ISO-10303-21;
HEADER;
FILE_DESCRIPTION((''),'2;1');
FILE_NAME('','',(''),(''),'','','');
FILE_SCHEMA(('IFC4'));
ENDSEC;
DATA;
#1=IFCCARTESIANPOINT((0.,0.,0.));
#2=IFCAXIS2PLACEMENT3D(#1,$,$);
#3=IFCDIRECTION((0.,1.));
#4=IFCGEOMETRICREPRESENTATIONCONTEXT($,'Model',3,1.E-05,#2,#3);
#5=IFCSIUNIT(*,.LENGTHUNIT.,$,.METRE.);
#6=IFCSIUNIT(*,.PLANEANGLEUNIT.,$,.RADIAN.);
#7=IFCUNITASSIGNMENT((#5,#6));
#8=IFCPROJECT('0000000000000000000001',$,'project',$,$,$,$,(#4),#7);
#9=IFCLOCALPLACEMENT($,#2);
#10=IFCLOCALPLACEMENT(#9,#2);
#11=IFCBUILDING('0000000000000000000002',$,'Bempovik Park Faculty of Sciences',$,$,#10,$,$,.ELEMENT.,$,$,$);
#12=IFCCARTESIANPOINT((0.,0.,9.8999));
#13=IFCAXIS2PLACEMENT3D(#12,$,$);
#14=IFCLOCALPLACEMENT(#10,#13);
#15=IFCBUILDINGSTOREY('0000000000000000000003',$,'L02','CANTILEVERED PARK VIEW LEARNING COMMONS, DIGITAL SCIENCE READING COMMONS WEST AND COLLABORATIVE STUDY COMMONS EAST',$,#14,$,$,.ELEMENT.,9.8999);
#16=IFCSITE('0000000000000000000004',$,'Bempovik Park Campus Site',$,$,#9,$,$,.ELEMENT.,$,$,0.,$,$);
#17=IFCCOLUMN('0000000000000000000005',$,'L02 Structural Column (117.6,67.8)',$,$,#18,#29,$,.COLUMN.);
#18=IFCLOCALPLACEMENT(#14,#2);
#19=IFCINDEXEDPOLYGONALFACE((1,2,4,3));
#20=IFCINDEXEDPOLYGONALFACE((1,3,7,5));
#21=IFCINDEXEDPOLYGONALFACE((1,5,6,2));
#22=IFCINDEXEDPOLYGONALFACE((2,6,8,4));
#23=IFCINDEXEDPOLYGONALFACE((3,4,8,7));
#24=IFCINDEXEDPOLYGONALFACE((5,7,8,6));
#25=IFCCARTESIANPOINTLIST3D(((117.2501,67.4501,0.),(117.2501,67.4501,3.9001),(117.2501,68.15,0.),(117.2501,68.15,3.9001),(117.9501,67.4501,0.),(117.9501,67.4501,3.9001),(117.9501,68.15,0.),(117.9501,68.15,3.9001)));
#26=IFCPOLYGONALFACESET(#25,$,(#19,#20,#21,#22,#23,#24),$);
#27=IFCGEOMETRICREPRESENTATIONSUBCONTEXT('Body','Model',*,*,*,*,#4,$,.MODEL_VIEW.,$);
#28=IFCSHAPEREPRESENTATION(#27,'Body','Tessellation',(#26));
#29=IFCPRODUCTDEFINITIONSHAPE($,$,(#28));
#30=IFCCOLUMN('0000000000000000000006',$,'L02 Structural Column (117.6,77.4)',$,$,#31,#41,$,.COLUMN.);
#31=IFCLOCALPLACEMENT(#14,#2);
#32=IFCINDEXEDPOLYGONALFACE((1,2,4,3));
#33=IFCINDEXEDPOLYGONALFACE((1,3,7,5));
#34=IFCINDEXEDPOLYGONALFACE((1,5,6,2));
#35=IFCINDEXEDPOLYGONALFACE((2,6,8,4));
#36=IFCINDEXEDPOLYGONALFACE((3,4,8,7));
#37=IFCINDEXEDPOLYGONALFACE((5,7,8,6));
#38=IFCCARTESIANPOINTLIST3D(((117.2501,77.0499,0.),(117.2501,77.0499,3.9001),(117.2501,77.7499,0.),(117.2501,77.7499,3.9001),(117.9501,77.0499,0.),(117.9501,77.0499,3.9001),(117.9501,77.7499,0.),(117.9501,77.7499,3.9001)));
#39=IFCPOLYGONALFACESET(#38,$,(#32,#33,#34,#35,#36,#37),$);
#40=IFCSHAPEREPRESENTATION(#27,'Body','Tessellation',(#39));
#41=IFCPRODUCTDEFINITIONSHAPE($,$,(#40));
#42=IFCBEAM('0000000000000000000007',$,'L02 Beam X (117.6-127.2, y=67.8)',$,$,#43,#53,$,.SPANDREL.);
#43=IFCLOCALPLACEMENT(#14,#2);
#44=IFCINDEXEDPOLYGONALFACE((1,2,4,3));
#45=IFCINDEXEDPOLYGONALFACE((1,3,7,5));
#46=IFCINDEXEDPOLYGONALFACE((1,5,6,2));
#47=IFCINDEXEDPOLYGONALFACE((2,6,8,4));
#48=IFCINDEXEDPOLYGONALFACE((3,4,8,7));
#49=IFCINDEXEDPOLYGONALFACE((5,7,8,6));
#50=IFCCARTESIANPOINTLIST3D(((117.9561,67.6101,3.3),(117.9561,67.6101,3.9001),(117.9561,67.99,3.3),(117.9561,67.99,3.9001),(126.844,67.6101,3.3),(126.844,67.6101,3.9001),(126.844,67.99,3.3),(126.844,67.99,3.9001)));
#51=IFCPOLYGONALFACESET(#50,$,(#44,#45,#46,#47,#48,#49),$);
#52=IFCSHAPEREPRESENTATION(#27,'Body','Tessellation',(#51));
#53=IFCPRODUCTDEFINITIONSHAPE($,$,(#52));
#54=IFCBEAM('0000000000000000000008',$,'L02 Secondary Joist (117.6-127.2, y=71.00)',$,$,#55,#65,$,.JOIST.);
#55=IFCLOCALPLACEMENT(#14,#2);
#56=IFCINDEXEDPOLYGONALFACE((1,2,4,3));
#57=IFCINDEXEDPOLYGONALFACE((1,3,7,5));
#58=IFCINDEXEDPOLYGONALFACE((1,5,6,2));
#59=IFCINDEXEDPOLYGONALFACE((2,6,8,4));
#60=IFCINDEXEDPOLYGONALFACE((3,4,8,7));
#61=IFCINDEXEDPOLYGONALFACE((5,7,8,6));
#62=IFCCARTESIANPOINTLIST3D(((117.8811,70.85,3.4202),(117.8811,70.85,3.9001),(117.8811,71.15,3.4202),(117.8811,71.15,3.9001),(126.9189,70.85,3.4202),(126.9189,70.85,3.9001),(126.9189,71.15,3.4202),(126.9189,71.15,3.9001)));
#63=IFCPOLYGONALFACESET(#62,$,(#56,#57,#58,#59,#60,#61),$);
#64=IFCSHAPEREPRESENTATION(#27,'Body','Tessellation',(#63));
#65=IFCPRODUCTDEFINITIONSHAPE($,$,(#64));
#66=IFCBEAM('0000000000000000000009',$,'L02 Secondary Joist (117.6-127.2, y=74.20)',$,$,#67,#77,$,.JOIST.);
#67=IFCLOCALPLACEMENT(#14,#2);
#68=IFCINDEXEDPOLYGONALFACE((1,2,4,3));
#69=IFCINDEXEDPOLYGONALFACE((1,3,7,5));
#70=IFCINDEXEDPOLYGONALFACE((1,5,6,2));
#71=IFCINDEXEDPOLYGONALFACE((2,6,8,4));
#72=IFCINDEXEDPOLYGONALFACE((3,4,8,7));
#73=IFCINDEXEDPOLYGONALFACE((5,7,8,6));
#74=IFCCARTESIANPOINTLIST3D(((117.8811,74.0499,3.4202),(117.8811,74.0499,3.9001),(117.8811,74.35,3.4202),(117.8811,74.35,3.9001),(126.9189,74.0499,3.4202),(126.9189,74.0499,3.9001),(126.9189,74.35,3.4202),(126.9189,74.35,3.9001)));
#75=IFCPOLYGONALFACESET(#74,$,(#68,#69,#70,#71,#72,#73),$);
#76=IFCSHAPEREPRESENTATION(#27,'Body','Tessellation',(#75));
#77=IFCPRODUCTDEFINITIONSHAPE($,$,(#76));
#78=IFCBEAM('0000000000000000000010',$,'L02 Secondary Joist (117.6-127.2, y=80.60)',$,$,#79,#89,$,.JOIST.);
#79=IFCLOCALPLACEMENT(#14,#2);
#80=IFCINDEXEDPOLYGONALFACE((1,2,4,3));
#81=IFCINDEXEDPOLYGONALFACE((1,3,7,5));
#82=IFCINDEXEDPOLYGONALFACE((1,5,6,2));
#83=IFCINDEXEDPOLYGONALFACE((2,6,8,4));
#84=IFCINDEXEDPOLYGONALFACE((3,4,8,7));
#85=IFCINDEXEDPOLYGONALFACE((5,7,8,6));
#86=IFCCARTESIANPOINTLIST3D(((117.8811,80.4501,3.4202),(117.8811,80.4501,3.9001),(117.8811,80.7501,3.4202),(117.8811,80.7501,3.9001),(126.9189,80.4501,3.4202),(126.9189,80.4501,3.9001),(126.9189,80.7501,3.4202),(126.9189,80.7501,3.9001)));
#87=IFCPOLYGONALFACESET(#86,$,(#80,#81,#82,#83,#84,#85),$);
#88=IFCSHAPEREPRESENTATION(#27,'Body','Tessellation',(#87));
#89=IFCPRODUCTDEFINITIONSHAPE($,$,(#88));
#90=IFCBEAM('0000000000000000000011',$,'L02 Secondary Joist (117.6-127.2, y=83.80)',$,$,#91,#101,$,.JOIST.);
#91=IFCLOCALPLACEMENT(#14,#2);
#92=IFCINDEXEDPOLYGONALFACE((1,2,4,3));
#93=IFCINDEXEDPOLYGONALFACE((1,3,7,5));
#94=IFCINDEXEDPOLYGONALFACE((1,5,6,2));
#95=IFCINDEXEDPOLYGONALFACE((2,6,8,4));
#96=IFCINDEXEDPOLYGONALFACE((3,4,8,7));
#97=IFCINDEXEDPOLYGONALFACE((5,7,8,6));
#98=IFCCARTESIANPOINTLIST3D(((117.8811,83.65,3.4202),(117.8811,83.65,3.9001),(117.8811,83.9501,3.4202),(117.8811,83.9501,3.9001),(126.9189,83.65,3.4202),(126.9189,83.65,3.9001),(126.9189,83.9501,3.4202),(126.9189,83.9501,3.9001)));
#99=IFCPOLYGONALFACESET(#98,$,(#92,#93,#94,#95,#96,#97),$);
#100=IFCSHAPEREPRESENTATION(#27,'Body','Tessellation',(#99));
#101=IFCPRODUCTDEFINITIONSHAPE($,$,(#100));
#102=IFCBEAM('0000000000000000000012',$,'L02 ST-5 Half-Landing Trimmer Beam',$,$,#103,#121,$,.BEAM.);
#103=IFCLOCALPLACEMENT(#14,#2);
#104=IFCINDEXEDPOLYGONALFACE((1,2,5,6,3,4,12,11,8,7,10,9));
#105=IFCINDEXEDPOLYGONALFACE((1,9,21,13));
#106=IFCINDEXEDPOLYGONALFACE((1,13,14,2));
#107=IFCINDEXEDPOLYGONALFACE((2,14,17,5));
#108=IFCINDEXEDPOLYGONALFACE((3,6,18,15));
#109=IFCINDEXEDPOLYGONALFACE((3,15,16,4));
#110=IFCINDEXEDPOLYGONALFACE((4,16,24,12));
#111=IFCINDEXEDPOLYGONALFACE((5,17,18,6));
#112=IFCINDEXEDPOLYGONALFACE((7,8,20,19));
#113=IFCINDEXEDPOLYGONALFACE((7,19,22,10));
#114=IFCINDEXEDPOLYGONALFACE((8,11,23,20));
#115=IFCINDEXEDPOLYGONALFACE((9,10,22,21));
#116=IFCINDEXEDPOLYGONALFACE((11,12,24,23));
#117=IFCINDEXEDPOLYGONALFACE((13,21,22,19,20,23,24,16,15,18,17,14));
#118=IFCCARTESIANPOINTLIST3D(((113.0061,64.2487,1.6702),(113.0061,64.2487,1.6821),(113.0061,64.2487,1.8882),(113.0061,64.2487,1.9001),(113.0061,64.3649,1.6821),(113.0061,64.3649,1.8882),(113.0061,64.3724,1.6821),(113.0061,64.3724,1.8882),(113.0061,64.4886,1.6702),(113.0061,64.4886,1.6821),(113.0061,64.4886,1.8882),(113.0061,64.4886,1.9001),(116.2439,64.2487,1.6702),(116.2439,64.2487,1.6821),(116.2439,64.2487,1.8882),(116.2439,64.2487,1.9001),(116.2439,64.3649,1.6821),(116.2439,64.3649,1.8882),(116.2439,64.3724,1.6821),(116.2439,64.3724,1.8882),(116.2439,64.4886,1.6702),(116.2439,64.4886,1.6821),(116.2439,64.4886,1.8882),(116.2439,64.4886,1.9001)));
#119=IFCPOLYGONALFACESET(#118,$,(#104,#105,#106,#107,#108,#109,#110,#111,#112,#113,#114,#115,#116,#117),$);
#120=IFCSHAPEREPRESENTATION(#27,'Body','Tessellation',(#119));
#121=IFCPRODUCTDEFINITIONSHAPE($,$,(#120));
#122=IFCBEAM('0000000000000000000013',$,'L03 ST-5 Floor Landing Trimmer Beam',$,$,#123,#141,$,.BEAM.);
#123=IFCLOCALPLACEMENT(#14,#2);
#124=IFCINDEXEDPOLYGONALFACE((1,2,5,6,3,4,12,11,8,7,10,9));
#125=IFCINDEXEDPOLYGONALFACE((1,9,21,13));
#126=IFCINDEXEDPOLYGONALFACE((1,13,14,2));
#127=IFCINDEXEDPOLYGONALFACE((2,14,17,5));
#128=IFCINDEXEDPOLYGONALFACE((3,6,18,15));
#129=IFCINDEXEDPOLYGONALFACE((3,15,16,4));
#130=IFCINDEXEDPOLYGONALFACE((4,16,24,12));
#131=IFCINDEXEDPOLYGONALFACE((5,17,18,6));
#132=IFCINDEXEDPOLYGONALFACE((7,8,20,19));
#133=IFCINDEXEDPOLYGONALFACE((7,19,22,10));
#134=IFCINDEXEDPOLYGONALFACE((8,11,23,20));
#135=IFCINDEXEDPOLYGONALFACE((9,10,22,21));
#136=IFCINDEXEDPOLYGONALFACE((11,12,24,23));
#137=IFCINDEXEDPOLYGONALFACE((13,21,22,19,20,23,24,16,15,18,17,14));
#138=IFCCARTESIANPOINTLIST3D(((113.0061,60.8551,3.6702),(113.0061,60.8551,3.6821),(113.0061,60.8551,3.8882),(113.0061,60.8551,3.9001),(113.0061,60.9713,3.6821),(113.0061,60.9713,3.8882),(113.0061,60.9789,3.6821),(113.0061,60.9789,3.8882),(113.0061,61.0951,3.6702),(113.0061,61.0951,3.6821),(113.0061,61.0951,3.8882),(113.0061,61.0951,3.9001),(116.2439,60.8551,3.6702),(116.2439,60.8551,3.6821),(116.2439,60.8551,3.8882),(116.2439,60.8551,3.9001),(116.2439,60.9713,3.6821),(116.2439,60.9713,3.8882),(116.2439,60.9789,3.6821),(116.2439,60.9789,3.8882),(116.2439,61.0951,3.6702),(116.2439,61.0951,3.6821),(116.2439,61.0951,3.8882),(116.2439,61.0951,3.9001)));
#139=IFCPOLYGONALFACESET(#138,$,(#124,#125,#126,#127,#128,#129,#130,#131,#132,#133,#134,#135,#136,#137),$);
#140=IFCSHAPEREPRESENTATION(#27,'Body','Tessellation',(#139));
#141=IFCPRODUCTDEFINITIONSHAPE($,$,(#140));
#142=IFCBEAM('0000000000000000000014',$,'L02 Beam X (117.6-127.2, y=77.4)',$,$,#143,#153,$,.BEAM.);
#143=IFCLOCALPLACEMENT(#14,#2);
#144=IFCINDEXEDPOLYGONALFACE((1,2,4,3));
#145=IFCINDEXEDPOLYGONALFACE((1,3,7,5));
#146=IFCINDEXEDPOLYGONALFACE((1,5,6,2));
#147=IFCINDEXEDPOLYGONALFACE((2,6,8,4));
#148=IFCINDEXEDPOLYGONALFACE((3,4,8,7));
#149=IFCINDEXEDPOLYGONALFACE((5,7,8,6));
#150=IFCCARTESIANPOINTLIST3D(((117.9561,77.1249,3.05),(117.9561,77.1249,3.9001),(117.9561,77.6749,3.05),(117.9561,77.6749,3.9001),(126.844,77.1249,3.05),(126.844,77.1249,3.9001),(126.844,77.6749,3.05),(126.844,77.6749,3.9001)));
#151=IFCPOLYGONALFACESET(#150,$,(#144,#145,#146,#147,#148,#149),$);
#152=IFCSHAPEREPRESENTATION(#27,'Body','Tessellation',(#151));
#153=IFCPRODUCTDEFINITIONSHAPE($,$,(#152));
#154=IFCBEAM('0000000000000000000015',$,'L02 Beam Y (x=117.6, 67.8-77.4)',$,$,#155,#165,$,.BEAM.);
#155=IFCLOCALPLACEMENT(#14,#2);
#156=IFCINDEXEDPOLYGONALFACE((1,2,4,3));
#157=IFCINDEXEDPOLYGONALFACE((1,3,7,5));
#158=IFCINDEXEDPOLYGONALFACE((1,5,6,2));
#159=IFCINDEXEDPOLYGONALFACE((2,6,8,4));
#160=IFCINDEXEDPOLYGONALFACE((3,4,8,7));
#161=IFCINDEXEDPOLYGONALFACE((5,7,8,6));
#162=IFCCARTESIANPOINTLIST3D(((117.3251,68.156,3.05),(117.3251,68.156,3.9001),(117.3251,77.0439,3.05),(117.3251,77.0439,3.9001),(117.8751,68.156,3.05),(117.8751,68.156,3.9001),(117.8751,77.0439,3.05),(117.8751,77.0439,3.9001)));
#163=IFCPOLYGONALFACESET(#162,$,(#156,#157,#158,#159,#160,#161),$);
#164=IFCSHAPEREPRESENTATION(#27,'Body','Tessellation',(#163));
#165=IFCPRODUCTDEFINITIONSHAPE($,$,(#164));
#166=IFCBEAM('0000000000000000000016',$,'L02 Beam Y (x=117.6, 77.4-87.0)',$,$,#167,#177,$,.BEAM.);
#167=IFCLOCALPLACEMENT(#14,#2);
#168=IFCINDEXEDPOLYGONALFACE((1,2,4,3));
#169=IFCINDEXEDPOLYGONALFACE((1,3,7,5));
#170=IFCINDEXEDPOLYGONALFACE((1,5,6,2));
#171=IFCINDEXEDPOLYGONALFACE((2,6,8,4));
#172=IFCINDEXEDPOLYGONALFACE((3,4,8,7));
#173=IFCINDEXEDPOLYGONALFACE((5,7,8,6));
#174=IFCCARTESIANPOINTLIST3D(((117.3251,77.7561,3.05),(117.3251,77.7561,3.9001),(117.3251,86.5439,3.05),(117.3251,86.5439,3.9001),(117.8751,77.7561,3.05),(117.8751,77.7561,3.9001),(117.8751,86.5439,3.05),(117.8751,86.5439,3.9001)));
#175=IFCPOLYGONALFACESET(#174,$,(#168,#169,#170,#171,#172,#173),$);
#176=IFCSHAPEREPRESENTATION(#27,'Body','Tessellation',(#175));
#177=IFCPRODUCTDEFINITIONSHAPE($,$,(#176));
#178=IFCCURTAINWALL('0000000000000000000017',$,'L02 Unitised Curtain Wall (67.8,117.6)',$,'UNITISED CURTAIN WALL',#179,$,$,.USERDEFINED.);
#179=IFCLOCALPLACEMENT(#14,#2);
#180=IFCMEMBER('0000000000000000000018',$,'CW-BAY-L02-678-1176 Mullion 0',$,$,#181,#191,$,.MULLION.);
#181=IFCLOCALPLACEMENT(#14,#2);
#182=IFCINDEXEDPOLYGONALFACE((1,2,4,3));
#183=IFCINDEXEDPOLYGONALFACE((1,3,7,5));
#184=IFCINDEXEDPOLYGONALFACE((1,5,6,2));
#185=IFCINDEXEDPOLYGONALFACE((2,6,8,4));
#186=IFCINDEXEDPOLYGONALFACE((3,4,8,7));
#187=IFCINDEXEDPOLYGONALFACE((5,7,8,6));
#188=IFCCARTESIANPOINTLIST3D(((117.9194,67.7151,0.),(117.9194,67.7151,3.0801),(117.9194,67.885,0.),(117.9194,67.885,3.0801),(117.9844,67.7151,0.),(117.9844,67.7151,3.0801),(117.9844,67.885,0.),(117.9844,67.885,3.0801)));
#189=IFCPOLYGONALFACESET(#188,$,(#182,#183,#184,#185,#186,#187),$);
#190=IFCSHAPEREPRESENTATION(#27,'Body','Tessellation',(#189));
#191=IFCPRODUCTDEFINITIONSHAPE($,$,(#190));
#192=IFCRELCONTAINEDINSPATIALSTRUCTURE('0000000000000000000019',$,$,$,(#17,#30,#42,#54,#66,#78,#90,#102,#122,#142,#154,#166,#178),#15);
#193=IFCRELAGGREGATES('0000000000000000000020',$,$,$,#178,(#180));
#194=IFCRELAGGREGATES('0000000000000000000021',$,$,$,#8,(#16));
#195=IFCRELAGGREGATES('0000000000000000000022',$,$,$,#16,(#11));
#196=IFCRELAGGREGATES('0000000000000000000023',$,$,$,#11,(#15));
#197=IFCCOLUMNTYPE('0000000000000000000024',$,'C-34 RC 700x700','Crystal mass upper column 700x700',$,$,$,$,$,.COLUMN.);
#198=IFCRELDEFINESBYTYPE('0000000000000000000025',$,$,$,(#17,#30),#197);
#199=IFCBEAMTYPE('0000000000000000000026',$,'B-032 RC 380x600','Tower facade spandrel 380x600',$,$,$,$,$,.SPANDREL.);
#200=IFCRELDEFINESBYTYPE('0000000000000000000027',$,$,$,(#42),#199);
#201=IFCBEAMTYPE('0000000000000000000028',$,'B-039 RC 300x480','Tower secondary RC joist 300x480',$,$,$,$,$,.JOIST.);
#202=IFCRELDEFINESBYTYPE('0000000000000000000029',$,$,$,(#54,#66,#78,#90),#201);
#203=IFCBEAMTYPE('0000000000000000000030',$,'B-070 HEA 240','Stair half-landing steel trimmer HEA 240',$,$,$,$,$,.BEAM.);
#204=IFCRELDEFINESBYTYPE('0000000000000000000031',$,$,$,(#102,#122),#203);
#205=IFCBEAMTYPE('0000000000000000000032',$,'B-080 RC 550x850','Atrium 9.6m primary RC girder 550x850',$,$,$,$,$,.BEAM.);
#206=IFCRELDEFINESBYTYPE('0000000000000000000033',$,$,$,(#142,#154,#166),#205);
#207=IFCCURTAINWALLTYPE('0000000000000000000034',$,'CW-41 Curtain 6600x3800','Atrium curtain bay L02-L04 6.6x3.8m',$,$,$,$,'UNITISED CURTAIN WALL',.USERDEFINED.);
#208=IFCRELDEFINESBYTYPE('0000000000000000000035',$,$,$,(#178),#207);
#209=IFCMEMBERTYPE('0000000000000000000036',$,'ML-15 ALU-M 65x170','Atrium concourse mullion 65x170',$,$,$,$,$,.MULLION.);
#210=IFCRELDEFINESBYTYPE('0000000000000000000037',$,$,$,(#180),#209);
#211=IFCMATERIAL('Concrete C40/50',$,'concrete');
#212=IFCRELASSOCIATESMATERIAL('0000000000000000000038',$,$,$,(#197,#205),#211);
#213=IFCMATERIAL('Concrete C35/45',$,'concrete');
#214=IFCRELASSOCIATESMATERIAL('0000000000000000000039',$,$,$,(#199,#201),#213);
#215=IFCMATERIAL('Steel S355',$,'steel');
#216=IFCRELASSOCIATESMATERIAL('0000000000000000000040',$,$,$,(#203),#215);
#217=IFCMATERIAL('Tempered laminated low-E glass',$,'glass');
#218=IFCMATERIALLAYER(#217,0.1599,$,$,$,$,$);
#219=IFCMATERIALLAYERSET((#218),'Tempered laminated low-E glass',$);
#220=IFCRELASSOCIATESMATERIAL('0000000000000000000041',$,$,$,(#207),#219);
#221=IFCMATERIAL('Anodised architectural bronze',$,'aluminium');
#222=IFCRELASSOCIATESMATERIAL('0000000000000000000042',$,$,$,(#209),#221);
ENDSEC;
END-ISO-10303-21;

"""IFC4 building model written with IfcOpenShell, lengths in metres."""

from ifc_helpers import new_model, si_unit, direction, frame, origin, origin_2d, place, context, subcontext, project, spatial, rectangle, i_section, extrude, material, layer, layer_set, material_profile, profile_set, type_object, element, aggregate, save


model = new_model("IFC4")

# Units and contexts
model_context = context("Model", 3, precision=1e-05, world=origin(), true_north=direction((0.0, 1.0)))
body_context = subcontext(model_context, "Body", "Model", "MODEL_VIEW")
ifc_project = project(units=[si_unit("LENGTHUNIT", "METRE"), si_unit("PLANEANGLEUNIT", "RADIAN")], contexts=[model_context])

# Site, building, storey
site_placement = place(None, origin())
site = spatial("IfcSite", under=ifc_project, at=site_placement, Name="Bempovik Park Campus Site", CompositionType="ELEMENT", RefElevation=0.0)
building_placement = place(site_placement, origin())
building = spatial("IfcBuilding", under=site, at=building_placement, Name="Bempovik Park Faculty of Sciences", CompositionType="ELEMENT")
storey_placement = place(building_placement, frame((0.0, 0.0, 9.8999)))
storey = spatial("IfcBuildingStorey", under=building, at=storey_placement, Name="L02", Description="CANTILEVERED PARK VIEW LEARNING COMMONS, DIGITAL SCIENCE READING COMMONS WEST AND COLLABORATIVE STUDY COMMONS EAST", CompositionType="ELEMENT", Elevation=9.8999)

# Columns
ifc_material_1 = material(Name="Concrete C40/50", Category="concrete")
ifc_material_profile_1 = material_profile(ifc_material_1, rectangle(XDim=0.7, YDim=0.7, at=origin_2d()), Name="RC 700x700")
ifc_profile_set_1 = profile_set([ifc_material_profile_1], Name="Concrete C40/50")
column_type = type_object("IfcColumnType", Name="C-34 RC 700x700", Description="Crystal mass upper column 700x700", PredefinedType="COLUMN", material=ifc_profile_set_1)
for number, where, z_axis, x_axis, name in (
    (1, (117.6001, 67.8, 0.0), (0.0, 0.0, 1.0), (1.0, 0.0, 0.0), "L02 Structural Column (117.6,67.8)"),
    (2, (117.6001, 77.3999, 0.0), (0.0, 0.0, 1.0), (1.0, 0.0, 0.0), "L02 Structural Column (117.6,77.4)"),
):
    element("IfcColumn", number, at=place(storey_placement, frame(where, z_axis=z_axis, x_axis=x_axis)), inside=storey, type_object=column_type, Name=name, PredefinedType="COLUMN", context=body_context, shape_type="SweptSolid", body=[
        extrude(rectangle(XDim=0.7, YDim=0.7, at=origin_2d()), origin(), (0.0, 0.0, 1.0), 3.9001),
    ])

# Beams
ifc_material_2 = material(Name="Concrete C35/45", Category="concrete")
ifc_material_profile_2 = material_profile(ifc_material_2, rectangle(XDim=0.3799, YDim=0.6001, at=origin_2d()), Name="RC 380x600")
ifc_profile_set_2 = profile_set([ifc_material_profile_2], Name="Concrete C35/45")
beam_type_1 = type_object("IfcBeamType", Name="B-032 RC 380x600", Description="Tower facade spandrel 380x600", PredefinedType="SPANDREL", material=ifc_profile_set_2)
beam_1_placement = place(storey_placement, frame((117.9561, 67.8, 3.6001), z_axis=(1.0, 0.0, 0.0), x_axis=(0.0, 1.0, 0.0)))
element("IfcBeam", 3, at=beam_1_placement, inside=storey, type_object=beam_type_1, Name="L02 Beam X (117.6-127.2, y=67.8)", PredefinedType="SPANDREL", context=body_context, shape_type="SweptSolid", body=[
    extrude(rectangle(XDim=0.3799, YDim=0.6001, at=origin_2d()), origin(), (0.0, 0.0, 1.0), 8.8879),
])
ifc_material_profile_3 = material_profile(ifc_material_2, rectangle(XDim=0.3, YDim=0.48, at=origin_2d()), Name="RC 300x480")
ifc_profile_set_3 = profile_set([ifc_material_profile_3], Name="Concrete C35/45")
beam_type_2 = type_object("IfcBeamType", Name="B-039 RC 300x480", Description="Tower secondary RC joist 300x480", PredefinedType="JOIST", material=ifc_profile_set_3)
for number, where, z_axis, x_axis, name in (
    (4, (117.8811, 71.0, 3.6602), (1.0, 0.0, 0.0), (0.0, 1.0, 0.0), "L02 Secondary Joist (117.6-127.2, y=71.00)"),
    (5, (117.8811, 74.2, 3.6602), (1.0, 0.0, 0.0), (0.0, 1.0, 0.0), "L02 Secondary Joist (117.6-127.2, y=74.20)"),
    (6, (117.8811, 80.6001, 3.6602), (1.0, 0.0, 0.0), (0.0, 1.0, 0.0), "L02 Secondary Joist (117.6-127.2, y=80.60)"),
    (7, (117.8811, 83.8, 3.6602), (1.0, 0.0, 0.0), (0.0, 1.0, 0.0), "L02 Secondary Joist (117.6-127.2, y=83.80)"),
):
    element("IfcBeam", number, at=place(storey_placement, frame(where, z_axis=z_axis, x_axis=x_axis)), inside=storey, type_object=beam_type_2, Name=name, PredefinedType="JOIST", context=body_context, shape_type="SweptSolid", body=[
        extrude(rectangle(XDim=0.3, YDim=0.48, at=origin_2d()), origin(), (0.0, 0.0, 1.0), 9.0378),
    ])
ifc_material_3 = material(Name="Steel S355", Category="steel")
ifc_material_profile_4 = material_profile(ifc_material_3, i_section(OverallWidth=0.24, OverallDepth=0.23, WebThickness=0.0076, FlangeThickness=0.012, at=origin_2d()), Name="HEA 240")
ifc_profile_set_4 = profile_set([ifc_material_profile_4], Name="Steel S355")
beam_type_3 = type_object("IfcBeamType", Name="B-070 HEA 240", Description="Stair half-landing steel trimmer HEA 240", PredefinedType="BEAM", material=ifc_profile_set_4)
for number, where, z_axis, x_axis, name in (
    (8, (113.0061, 64.3687, 1.7852), (1.0, 0.0, 0.0), (0.0, 1.0, 0.0), "L02 ST-5 Half-Landing Trimmer Beam"),
    (9, (113.0061, 60.9751, 3.7852), (1.0, 0.0, 0.0), (0.0, 1.0, 0.0), "L03 ST-5 Floor Landing Trimmer Beam"),
):
    element("IfcBeam", number, at=place(storey_placement, frame(where, z_axis=z_axis, x_axis=x_axis)), inside=storey, type_object=beam_type_3, Name=name, PredefinedType="BEAM", context=body_context, shape_type="SweptSolid", body=[
        extrude(i_section(OverallWidth=0.24, OverallDepth=0.23, WebThickness=0.0076, FlangeThickness=0.012, at=origin_2d()), origin(), (0.0, 0.0, 1.0), 3.2378),
    ])
ifc_material_profile_5 = material_profile(ifc_material_1, rectangle(XDim=0.55, YDim=0.8501, at=origin_2d()), Name="RC 550x850")
ifc_profile_set_5 = profile_set([ifc_material_profile_5], Name="Concrete C40/50")
beam_type_4 = type_object("IfcBeamType", Name="B-080 RC 550x850", Description="Atrium 9.6m primary RC girder 550x850", PredefinedType="BEAM", material=ifc_profile_set_5)
for number, where, z_axis, x_axis, name in (
    (10, (117.9561, 77.3999, 3.4751), (1.0, 0.0, 0.0), (0.0, 1.0, 0.0), "L02 Beam X (117.6-127.2, y=77.4)"),
    (11, (117.6001, 68.156, 3.4751), (0.0, 1.0, 0.0), (-1.0, 0.0, 0.0), "L02 Beam Y (x=117.6, 67.8-77.4)"),
):
    element("IfcBeam", number, at=place(storey_placement, frame(where, z_axis=z_axis, x_axis=x_axis)), inside=storey, type_object=beam_type_4, Name=name, PredefinedType="BEAM", context=body_context, shape_type="SweptSolid", body=[
        extrude(rectangle(XDim=0.55, YDim=0.8501, at=origin_2d()), origin(), (0.0, 0.0, 1.0), 8.8879),
    ])
beam_2_placement = place(storey_placement, frame((117.6001, 77.7561, 3.4751), z_axis=(0.0, 1.0, 0.0), x_axis=(-1.0, 0.0, 0.0)))
element("IfcBeam", 12, at=beam_2_placement, inside=storey, type_object=beam_type_4, Name="L02 Beam Y (x=117.6, 77.4-87.0)", PredefinedType="BEAM", context=body_context, shape_type="SweptSolid", body=[
    extrude(rectangle(XDim=0.55, YDim=0.8501, at=origin_2d()), origin(), (0.0, 0.0, 1.0), 8.7878),
])

# Curtain wall, member
ifc_material_4 = material(Name="Tempered laminated low-E glass", Category="glass")
ifc_layer_1 = layer(ifc_material_4, 0.1599)
ifc_layer_set_1 = layer_set([ifc_layer_1], Name="Tempered laminated low-E glass")
curtain_wall_type = type_object("IfcCurtainWallType", Name="CW-41 Curtain 6600x3800", Description="Atrium curtain bay L02-L04 6.6x3.8m", ElementType="UNITISED CURTAIN WALL", PredefinedType="USERDEFINED", material=ifc_layer_set_1)
curtain_wall_placement = place(storey_placement, origin())
curtain_wall = element("IfcCurtainWall", 13, at=curtain_wall_placement, inside=storey, type_object=curtain_wall_type, Name="L02 Unitised Curtain Wall (67.8,117.6)", ObjectType="UNITISED CURTAIN WALL", PredefinedType="USERDEFINED")
ifc_material_5 = material(Name="Anodised architectural bronze", Category="aluminium")
ifc_material_profile_6 = material_profile(ifc_material_5, rectangle(XDim=0.0649, YDim=0.1699, at=origin_2d()), Name="ALU-M 65x170")
ifc_profile_set_6 = profile_set([ifc_material_profile_6], Name="Anodised architectural bronze")
member_type_1 = type_object("IfcMemberType", Name="ML-15 ALU-M 65x170", Description="Atrium concourse mullion 65x170", PredefinedType="MULLION", material=ifc_profile_set_6)
member_1_placement = place(storey_placement, frame((117.9519, 67.8, 0.0), z_axis=(0.0, 0.0, 1.0), x_axis=(1.0, 0.0, 0.0)))
member_1 = element("IfcMember", 14, at=member_1_placement, type_object=member_type_1, Name="CW-BAY-L02-678-1176 Mullion 0", PredefinedType="MULLION", context=body_context, shape_type="SweptSolid", body=[
    extrude(rectangle(XDim=0.0649, YDim=0.1699, at=origin_2d()), origin(), (0.0, 0.0, 1.0), 3.0801),
])
aggregate(curtain_wall, [member_1])

save(model, "model.ifc")
